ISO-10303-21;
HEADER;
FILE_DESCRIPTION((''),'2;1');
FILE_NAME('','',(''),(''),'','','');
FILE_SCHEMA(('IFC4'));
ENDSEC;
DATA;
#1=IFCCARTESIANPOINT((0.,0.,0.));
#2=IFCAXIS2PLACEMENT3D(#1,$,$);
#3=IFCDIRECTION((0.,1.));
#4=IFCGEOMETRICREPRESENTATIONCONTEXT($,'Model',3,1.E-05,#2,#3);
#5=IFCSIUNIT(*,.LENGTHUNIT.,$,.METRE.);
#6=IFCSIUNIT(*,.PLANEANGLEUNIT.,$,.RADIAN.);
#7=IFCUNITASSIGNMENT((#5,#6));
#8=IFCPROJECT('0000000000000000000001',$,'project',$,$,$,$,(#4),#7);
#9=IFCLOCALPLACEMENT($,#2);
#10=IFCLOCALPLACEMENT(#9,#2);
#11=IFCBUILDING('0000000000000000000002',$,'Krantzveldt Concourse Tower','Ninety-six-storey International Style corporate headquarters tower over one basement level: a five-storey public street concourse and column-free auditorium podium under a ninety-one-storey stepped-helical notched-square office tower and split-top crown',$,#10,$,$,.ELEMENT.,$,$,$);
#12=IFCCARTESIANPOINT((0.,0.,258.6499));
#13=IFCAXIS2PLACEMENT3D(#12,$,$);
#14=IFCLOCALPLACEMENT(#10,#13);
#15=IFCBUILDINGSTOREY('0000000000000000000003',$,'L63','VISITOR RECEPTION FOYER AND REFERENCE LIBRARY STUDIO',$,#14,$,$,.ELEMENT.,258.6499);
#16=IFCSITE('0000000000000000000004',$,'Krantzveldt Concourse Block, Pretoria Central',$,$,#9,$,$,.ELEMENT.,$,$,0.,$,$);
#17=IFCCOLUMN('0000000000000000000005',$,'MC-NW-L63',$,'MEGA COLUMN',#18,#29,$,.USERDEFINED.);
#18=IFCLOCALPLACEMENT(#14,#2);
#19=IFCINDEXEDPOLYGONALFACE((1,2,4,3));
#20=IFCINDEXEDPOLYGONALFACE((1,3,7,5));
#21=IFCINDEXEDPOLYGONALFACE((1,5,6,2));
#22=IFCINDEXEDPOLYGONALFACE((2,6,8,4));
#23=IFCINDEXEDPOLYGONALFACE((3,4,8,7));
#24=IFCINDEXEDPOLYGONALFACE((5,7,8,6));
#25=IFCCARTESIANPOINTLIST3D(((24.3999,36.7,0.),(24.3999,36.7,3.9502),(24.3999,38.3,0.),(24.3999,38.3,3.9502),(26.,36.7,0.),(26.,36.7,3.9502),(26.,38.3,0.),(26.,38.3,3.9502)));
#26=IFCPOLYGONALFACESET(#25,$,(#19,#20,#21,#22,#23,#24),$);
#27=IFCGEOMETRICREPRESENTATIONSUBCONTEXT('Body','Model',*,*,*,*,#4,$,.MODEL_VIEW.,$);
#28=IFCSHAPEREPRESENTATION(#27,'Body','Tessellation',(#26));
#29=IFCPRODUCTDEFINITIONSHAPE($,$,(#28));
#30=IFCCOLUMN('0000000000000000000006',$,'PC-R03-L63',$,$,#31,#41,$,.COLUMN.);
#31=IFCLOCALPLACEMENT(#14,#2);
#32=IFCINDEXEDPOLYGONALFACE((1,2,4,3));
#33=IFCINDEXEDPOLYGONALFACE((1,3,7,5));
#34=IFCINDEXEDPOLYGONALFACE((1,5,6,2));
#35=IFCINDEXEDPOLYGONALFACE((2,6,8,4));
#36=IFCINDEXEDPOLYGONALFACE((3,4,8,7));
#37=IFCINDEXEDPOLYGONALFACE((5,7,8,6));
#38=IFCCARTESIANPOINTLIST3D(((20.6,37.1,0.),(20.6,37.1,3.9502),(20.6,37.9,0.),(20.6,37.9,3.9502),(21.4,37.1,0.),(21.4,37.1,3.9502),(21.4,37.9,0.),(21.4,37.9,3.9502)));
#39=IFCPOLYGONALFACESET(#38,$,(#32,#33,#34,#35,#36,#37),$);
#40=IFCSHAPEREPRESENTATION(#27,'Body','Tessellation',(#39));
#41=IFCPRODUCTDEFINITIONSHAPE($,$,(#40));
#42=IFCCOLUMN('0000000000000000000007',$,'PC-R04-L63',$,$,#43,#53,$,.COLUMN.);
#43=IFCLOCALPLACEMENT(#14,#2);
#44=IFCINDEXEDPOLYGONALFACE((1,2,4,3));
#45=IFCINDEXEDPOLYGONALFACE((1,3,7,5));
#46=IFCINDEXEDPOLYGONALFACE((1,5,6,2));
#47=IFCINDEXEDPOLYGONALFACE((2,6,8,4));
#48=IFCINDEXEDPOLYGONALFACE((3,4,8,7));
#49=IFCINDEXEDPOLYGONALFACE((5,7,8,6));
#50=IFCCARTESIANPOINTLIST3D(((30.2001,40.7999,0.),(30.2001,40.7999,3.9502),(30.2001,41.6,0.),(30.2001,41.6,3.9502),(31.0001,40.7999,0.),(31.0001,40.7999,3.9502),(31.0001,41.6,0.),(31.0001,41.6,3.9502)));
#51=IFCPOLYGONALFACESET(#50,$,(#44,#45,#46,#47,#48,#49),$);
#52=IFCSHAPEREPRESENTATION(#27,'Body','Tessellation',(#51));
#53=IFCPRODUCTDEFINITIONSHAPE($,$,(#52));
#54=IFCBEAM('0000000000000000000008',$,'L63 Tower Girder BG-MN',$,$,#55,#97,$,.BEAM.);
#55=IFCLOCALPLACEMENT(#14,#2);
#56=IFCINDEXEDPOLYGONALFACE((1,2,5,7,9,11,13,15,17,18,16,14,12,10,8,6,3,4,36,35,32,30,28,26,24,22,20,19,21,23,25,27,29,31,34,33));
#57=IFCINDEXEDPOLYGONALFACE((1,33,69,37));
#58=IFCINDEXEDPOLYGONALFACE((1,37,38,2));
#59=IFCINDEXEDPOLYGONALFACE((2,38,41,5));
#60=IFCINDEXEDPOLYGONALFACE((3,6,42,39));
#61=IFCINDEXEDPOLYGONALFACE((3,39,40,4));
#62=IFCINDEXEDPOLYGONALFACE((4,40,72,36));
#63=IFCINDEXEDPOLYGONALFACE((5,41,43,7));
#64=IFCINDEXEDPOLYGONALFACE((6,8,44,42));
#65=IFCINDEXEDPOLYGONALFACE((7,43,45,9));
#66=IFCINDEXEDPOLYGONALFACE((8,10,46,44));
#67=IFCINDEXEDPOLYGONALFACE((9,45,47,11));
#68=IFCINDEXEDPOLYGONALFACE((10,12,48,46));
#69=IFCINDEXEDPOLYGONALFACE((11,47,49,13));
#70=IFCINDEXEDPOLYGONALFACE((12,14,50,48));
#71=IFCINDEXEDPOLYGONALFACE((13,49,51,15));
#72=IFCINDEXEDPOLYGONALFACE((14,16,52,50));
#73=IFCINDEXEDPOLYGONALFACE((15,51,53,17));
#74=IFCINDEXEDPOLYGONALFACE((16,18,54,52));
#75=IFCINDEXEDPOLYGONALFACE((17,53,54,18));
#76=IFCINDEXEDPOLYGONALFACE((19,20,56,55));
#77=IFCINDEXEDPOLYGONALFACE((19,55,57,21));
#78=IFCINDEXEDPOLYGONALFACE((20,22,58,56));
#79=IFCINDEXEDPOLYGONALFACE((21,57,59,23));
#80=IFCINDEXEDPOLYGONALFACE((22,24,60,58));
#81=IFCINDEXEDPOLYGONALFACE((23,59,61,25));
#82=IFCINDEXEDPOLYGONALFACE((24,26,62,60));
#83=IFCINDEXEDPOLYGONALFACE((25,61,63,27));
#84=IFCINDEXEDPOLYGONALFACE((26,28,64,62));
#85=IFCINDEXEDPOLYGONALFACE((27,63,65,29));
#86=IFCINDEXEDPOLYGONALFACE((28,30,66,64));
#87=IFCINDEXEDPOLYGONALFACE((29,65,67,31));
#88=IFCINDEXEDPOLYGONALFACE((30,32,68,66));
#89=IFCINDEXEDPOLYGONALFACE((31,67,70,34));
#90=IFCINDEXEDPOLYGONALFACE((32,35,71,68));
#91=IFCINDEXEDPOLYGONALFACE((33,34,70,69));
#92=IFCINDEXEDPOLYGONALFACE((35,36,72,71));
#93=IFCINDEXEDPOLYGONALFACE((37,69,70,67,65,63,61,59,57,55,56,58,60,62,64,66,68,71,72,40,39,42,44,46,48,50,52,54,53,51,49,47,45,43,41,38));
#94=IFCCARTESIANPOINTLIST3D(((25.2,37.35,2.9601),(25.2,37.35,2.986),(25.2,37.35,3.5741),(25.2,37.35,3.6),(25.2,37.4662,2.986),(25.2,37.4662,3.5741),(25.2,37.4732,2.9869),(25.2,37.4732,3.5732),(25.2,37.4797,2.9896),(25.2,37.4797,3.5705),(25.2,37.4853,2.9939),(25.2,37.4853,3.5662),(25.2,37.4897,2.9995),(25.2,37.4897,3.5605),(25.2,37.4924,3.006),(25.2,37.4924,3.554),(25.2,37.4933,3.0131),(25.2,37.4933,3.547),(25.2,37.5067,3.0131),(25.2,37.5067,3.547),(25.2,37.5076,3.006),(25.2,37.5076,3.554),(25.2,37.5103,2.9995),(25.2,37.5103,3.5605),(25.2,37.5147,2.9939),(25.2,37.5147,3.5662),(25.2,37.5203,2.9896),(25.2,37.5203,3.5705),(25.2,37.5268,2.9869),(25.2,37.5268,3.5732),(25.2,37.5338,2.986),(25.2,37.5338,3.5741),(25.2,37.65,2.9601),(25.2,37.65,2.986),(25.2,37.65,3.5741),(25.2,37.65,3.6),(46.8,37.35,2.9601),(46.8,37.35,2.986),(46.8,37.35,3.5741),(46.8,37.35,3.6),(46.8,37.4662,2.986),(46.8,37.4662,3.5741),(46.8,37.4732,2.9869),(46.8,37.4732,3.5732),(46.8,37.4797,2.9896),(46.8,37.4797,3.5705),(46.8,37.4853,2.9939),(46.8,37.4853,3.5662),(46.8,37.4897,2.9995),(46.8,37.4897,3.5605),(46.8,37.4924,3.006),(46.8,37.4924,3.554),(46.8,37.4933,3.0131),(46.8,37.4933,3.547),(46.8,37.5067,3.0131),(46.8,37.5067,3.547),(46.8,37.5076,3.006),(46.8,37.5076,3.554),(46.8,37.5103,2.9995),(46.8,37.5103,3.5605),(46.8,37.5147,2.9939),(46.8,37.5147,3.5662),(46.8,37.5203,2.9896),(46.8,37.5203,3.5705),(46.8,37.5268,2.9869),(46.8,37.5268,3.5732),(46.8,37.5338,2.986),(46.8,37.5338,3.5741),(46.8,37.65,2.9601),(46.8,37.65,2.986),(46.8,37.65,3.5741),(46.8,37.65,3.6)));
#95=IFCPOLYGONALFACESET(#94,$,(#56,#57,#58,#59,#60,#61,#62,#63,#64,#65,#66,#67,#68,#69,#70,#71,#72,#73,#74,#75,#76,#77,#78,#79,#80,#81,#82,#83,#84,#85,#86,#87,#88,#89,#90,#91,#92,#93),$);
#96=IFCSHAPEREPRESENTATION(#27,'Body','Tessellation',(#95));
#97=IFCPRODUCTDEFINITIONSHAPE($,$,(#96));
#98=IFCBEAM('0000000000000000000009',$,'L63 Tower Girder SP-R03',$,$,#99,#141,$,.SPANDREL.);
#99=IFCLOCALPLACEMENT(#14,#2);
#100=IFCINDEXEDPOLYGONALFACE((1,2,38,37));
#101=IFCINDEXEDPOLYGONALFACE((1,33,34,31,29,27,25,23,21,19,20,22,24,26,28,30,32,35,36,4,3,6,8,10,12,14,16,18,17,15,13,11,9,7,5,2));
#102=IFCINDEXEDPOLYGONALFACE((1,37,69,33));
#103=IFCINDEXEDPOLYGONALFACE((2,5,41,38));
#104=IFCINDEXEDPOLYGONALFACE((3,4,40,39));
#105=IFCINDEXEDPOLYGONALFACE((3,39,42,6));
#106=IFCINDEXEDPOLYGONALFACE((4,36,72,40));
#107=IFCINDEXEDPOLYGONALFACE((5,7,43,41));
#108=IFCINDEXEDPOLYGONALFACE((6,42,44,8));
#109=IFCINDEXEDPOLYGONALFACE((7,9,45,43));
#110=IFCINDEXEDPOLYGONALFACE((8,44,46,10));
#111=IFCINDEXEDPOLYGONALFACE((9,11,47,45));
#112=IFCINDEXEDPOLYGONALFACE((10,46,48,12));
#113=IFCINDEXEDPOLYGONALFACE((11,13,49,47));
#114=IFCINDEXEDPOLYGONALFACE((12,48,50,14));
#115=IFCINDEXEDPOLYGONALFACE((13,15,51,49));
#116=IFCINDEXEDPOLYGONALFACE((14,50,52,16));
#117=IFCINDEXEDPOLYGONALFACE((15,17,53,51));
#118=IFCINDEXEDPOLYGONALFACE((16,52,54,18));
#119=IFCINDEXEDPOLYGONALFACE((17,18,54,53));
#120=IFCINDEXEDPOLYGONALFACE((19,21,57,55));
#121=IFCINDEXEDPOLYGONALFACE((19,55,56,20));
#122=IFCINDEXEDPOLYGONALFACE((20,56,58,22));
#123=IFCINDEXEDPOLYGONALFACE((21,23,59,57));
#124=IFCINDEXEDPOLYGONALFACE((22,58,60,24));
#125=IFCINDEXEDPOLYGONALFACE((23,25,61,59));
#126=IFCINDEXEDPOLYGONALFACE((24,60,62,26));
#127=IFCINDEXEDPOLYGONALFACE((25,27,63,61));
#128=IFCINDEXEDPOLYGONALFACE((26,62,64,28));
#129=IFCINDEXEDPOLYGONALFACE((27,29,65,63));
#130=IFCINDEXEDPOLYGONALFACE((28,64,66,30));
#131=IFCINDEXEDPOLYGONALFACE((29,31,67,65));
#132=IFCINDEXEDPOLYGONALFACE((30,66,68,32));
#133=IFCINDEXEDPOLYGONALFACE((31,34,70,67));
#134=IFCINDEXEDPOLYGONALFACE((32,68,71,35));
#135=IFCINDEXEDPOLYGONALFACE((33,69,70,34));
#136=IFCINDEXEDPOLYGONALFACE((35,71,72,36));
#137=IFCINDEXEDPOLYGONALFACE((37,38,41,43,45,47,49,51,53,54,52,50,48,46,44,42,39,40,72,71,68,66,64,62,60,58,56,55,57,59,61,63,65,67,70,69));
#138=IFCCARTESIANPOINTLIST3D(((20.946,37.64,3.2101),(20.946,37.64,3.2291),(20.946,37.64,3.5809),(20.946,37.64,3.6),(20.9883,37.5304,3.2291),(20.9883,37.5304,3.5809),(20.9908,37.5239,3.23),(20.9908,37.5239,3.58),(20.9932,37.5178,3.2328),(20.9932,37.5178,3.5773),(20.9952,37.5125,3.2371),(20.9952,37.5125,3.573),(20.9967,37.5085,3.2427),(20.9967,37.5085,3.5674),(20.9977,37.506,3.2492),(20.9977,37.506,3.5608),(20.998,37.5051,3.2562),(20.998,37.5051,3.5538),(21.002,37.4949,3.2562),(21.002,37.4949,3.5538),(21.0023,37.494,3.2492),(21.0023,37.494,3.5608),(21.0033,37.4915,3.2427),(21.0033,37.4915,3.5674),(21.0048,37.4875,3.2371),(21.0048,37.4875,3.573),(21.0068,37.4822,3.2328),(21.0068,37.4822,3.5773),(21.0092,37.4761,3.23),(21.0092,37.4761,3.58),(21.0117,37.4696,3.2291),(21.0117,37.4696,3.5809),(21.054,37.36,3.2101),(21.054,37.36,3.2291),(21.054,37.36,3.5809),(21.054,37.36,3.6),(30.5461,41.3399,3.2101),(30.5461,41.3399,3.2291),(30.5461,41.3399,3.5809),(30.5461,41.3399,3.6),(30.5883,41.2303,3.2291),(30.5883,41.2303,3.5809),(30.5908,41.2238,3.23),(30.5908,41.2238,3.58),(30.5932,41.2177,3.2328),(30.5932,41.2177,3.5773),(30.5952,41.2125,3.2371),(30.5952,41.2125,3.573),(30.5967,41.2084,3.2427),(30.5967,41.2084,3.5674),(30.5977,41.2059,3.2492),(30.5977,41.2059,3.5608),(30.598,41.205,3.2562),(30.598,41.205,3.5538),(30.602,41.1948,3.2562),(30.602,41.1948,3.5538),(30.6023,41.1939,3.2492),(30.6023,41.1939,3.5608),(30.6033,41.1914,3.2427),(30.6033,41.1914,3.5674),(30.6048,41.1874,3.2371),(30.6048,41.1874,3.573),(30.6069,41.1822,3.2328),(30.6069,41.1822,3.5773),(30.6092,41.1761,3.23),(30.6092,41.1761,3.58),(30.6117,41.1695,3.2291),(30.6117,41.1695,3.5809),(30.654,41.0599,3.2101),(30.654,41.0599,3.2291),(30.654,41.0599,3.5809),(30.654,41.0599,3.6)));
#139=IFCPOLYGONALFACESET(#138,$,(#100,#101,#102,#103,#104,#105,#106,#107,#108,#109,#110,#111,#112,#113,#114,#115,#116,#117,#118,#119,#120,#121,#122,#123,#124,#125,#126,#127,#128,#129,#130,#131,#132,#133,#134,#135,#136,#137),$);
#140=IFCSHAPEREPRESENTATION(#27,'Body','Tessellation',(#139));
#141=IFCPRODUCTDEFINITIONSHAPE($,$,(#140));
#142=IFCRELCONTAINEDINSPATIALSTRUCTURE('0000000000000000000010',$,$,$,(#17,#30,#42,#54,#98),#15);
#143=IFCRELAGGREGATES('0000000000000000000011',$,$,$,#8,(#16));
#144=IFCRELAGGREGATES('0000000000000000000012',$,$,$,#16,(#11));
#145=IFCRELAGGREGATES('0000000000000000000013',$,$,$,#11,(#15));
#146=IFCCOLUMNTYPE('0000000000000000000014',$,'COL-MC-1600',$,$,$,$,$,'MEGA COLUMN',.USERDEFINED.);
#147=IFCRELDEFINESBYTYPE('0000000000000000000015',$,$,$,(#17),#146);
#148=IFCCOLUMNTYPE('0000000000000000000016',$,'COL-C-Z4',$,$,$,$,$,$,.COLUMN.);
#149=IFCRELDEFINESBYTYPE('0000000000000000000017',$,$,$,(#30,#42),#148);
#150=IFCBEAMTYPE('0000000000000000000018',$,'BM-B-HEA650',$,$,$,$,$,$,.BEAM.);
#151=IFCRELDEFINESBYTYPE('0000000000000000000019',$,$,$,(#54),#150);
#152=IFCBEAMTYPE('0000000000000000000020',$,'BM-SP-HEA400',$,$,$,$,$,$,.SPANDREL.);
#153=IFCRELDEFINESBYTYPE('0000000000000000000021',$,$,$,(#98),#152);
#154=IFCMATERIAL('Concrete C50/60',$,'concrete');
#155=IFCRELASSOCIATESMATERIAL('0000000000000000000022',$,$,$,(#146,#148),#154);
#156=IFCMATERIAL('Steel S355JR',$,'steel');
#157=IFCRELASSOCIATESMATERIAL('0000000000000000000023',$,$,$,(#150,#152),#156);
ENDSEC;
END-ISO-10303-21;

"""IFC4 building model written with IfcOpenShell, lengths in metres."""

from ifc_helpers import new_model, si_unit, direction, frame, origin, origin_2d, place, context, subcontext, project, spatial, rectangle, i_section, extrude, source, transform, mapped, material, material_profile, profile_set, type_object, type_shapes, element, save


model = new_model("IFC4")

# Units and contexts
model_context = context("Model", 3, precision=1e-05, world=origin(), true_north=direction((0.0, 1.0)))
body_context = subcontext(model_context, "Body", "Model", "MODEL_VIEW")
ifc_project = project(units=[si_unit("LENGTHUNIT", "METRE"), si_unit("PLANEANGLEUNIT", "RADIAN")], contexts=[model_context])

# Site, building, storey
site_placement = place(None, origin())
site = spatial("IfcSite", under=ifc_project, at=site_placement, Name="Krantzveldt Concourse Block, Pretoria Central", CompositionType="ELEMENT", RefElevation=0.0)
building_placement = place(site_placement, origin())
building = spatial("IfcBuilding", under=site, at=building_placement, Name="Krantzveldt Concourse Tower", Description="Ninety-six-storey International Style corporate headquarters tower over one basement level: a five-storey public street concourse and column-free auditorium podium under a ninety-one-storey stepped-helical notched-square office tower and split-top crown", CompositionType="ELEMENT")
storey_placement = place(building_placement, frame((0.0, 0.0, 258.6499)))
storey = spatial("IfcBuildingStorey", under=building, at=storey_placement, Name="L63", Description="VISITOR RECEPTION FOYER AND REFERENCE LIBRARY STUDIO", CompositionType="ELEMENT", Elevation=258.6499)

# Columns
ifc_material_1 = material(Name="Concrete C50/60", Category="concrete")
ifc_material_profile_1 = material_profile(ifc_material_1, rectangle(XDim=1.6001, YDim=1.6001, at=origin_2d()), Name="Concrete C50/60", Category="concrete")
ifc_profile_set_1 = profile_set([ifc_material_profile_1], Name="Concrete C50/60 - RC 1600x1600")
column_type_1 = type_object("IfcColumnType", Name="COL-MC-1600", ElementType="MEGA COLUMN", PredefinedType="USERDEFINED", material=ifc_profile_set_1)
shared_shape_1 = source(origin(), body_context, "Body", "SweptSolid", [
    extrude(rectangle(XDim=1.6001, YDim=1.6001, at=origin_2d()), origin(), (0.0, 0.0, 1.0), 3.9502),
])
type_shapes(column_type_1, [shared_shape_1])
column_placement = place(storey_placement, frame((25.2, 37.5, 0.0), z_axis=(0.0, 0.0, 1.0), x_axis=(1.0, 0.0, 0.0)))
element("IfcColumn", 1, at=column_placement, inside=storey, type_object=column_type_1, Name="MC-NW-L63", ObjectType="MEGA COLUMN", PredefinedType="USERDEFINED", context=body_context, shape_type="MappedRepresentation", body=[
    mapped(shared_shape_1, transform((0.0, 0.0, 0.0), x_axis=(1.0, 0.0, 0.0), y_axis=(0.0, 1.0, 0.0), z_axis=(0.0, 0.0, 1.0), scale=1.0)),
])
ifc_material_profile_2 = material_profile(ifc_material_1, rectangle(XDim=0.8, YDim=0.8, at=origin_2d()), Name="Concrete C50/60", Category="concrete")
ifc_profile_set_2 = profile_set([ifc_material_profile_2], Name="Concrete C50/60 - RC 800x800")
column_type_2 = type_object("IfcColumnType", Name="COL-C-Z4", PredefinedType="COLUMN", material=ifc_profile_set_2)
shared_shape_2 = source(origin(), body_context, "Body", "SweptSolid", [
    extrude(rectangle(XDim=0.8, YDim=0.8, at=origin_2d()), origin(), (0.0, 0.0, 1.0), 3.9502),
])
type_shapes(column_type_2, [shared_shape_2])
for number, where, z_axis, x_axis, name in (
    (2, (21.0, 37.5, 0.0), (0.0, 0.0, 1.0), (1.0, 0.0, 0.0), "PC-R03-L63"),
    (3, (30.6001, 41.2, 0.0), (0.0, 0.0, 1.0), (1.0, 0.0, 0.0), "PC-R04-L63"),
):
    element("IfcColumn", number, at=place(storey_placement, frame(where, z_axis=z_axis, x_axis=x_axis)), inside=storey, type_object=column_type_2, Name=name, PredefinedType="COLUMN", context=body_context, shape_type="MappedRepresentation", body=[
        mapped(shared_shape_2, transform((0.0, 0.0, 0.0), x_axis=(1.0, 0.0, 0.0), y_axis=(0.0, 1.0, 0.0), z_axis=(0.0, 0.0, 1.0), scale=1.0)),
    ])

# Beams
ifc_material_2 = material(Name="Steel S355JR", Category="steel")
ifc_material_profile_3 = material_profile(ifc_material_2, i_section(OverallWidth=0.3, OverallDepth=0.6399, WebThickness=0.0134, FlangeThickness=0.0259, FilletRadius=0.0271, at=origin_2d()), Name="Steel S355JR", Category="steel")
ifc_profile_set_3 = profile_set([ifc_material_profile_3], Name="Steel S355JR - HEA 650")
beam_type_1 = type_object("IfcBeamType", Name="BM-B-HEA650", PredefinedType="BEAM", material=ifc_profile_set_3)
shared_shape_3 = source(origin(), body_context, "Body", "SweptSolid", [
    extrude(i_section(OverallWidth=0.3, OverallDepth=0.6399, WebThickness=0.0134, FlangeThickness=0.0259, FilletRadius=0.0271, at=origin_2d()), origin(), (0.0, 0.0, 1.0), 21.6001),
])
type_shapes(beam_type_1, [shared_shape_3])
beam_1_placement = place(storey_placement, frame((25.2, 37.5, 3.28), z_axis=(1.0, 0.0, 0.0), x_axis=(0.0, 1.0, 0.0)))
element("IfcBeam", 4, at=beam_1_placement, inside=storey, type_object=beam_type_1, Name="L63 Tower Girder BG-MN", PredefinedType="BEAM", context=body_context, shape_type="MappedRepresentation", body=[
    mapped(shared_shape_3, transform((0.0, 0.0, 0.0), x_axis=(1.0, 0.0, 0.0), y_axis=(0.0, 1.0, 0.0), z_axis=(0.0, 0.0, 1.0), scale=1.0)),
])
ifc_material_profile_4 = material_profile(ifc_material_2, i_section(OverallWidth=0.3, OverallDepth=0.3899, WebThickness=0.011, FlangeThickness=0.019, FilletRadius=0.0271, at=origin_2d()), Name="Steel S355JR", Category="steel")
ifc_profile_set_4 = profile_set([ifc_material_profile_4], Name="Steel S355JR - HEA 400")
beam_type_2 = type_object("IfcBeamType", Name="BM-SP-HEA400", PredefinedType="SPANDREL", material=ifc_profile_set_4)
shared_shape_4 = source(origin(), body_context, "Body", "SweptSolid", [
    extrude(i_section(OverallWidth=0.3, OverallDepth=0.3899, WebThickness=0.011, FlangeThickness=0.019, FilletRadius=0.0271, at=origin_2d()), origin(), (0.0, 0.0, 1.0), 10.2883),
])
beam_2_placement = place(storey_placement, frame((21.0, 37.5, 3.405), z_axis=(0.933098, 0.359623, 0.0), x_axis=(-0.359623, 0.933098, 0.0)))
element("IfcBeam", 5, at=beam_2_placement, inside=storey, type_object=beam_type_2, Name="L63 Tower Girder SP-R03", PredefinedType="SPANDREL", context=body_context, shape_type="MappedRepresentation", body=[
    mapped(shared_shape_4, transform((0.0, 0.0, 0.0), x_axis=(1.0, 0.0, 0.0), y_axis=(0.0, 1.0, 0.0), z_axis=(0.0, 0.0, 1.0), scale=1.0)),
])

save(model, "model.ifc")
